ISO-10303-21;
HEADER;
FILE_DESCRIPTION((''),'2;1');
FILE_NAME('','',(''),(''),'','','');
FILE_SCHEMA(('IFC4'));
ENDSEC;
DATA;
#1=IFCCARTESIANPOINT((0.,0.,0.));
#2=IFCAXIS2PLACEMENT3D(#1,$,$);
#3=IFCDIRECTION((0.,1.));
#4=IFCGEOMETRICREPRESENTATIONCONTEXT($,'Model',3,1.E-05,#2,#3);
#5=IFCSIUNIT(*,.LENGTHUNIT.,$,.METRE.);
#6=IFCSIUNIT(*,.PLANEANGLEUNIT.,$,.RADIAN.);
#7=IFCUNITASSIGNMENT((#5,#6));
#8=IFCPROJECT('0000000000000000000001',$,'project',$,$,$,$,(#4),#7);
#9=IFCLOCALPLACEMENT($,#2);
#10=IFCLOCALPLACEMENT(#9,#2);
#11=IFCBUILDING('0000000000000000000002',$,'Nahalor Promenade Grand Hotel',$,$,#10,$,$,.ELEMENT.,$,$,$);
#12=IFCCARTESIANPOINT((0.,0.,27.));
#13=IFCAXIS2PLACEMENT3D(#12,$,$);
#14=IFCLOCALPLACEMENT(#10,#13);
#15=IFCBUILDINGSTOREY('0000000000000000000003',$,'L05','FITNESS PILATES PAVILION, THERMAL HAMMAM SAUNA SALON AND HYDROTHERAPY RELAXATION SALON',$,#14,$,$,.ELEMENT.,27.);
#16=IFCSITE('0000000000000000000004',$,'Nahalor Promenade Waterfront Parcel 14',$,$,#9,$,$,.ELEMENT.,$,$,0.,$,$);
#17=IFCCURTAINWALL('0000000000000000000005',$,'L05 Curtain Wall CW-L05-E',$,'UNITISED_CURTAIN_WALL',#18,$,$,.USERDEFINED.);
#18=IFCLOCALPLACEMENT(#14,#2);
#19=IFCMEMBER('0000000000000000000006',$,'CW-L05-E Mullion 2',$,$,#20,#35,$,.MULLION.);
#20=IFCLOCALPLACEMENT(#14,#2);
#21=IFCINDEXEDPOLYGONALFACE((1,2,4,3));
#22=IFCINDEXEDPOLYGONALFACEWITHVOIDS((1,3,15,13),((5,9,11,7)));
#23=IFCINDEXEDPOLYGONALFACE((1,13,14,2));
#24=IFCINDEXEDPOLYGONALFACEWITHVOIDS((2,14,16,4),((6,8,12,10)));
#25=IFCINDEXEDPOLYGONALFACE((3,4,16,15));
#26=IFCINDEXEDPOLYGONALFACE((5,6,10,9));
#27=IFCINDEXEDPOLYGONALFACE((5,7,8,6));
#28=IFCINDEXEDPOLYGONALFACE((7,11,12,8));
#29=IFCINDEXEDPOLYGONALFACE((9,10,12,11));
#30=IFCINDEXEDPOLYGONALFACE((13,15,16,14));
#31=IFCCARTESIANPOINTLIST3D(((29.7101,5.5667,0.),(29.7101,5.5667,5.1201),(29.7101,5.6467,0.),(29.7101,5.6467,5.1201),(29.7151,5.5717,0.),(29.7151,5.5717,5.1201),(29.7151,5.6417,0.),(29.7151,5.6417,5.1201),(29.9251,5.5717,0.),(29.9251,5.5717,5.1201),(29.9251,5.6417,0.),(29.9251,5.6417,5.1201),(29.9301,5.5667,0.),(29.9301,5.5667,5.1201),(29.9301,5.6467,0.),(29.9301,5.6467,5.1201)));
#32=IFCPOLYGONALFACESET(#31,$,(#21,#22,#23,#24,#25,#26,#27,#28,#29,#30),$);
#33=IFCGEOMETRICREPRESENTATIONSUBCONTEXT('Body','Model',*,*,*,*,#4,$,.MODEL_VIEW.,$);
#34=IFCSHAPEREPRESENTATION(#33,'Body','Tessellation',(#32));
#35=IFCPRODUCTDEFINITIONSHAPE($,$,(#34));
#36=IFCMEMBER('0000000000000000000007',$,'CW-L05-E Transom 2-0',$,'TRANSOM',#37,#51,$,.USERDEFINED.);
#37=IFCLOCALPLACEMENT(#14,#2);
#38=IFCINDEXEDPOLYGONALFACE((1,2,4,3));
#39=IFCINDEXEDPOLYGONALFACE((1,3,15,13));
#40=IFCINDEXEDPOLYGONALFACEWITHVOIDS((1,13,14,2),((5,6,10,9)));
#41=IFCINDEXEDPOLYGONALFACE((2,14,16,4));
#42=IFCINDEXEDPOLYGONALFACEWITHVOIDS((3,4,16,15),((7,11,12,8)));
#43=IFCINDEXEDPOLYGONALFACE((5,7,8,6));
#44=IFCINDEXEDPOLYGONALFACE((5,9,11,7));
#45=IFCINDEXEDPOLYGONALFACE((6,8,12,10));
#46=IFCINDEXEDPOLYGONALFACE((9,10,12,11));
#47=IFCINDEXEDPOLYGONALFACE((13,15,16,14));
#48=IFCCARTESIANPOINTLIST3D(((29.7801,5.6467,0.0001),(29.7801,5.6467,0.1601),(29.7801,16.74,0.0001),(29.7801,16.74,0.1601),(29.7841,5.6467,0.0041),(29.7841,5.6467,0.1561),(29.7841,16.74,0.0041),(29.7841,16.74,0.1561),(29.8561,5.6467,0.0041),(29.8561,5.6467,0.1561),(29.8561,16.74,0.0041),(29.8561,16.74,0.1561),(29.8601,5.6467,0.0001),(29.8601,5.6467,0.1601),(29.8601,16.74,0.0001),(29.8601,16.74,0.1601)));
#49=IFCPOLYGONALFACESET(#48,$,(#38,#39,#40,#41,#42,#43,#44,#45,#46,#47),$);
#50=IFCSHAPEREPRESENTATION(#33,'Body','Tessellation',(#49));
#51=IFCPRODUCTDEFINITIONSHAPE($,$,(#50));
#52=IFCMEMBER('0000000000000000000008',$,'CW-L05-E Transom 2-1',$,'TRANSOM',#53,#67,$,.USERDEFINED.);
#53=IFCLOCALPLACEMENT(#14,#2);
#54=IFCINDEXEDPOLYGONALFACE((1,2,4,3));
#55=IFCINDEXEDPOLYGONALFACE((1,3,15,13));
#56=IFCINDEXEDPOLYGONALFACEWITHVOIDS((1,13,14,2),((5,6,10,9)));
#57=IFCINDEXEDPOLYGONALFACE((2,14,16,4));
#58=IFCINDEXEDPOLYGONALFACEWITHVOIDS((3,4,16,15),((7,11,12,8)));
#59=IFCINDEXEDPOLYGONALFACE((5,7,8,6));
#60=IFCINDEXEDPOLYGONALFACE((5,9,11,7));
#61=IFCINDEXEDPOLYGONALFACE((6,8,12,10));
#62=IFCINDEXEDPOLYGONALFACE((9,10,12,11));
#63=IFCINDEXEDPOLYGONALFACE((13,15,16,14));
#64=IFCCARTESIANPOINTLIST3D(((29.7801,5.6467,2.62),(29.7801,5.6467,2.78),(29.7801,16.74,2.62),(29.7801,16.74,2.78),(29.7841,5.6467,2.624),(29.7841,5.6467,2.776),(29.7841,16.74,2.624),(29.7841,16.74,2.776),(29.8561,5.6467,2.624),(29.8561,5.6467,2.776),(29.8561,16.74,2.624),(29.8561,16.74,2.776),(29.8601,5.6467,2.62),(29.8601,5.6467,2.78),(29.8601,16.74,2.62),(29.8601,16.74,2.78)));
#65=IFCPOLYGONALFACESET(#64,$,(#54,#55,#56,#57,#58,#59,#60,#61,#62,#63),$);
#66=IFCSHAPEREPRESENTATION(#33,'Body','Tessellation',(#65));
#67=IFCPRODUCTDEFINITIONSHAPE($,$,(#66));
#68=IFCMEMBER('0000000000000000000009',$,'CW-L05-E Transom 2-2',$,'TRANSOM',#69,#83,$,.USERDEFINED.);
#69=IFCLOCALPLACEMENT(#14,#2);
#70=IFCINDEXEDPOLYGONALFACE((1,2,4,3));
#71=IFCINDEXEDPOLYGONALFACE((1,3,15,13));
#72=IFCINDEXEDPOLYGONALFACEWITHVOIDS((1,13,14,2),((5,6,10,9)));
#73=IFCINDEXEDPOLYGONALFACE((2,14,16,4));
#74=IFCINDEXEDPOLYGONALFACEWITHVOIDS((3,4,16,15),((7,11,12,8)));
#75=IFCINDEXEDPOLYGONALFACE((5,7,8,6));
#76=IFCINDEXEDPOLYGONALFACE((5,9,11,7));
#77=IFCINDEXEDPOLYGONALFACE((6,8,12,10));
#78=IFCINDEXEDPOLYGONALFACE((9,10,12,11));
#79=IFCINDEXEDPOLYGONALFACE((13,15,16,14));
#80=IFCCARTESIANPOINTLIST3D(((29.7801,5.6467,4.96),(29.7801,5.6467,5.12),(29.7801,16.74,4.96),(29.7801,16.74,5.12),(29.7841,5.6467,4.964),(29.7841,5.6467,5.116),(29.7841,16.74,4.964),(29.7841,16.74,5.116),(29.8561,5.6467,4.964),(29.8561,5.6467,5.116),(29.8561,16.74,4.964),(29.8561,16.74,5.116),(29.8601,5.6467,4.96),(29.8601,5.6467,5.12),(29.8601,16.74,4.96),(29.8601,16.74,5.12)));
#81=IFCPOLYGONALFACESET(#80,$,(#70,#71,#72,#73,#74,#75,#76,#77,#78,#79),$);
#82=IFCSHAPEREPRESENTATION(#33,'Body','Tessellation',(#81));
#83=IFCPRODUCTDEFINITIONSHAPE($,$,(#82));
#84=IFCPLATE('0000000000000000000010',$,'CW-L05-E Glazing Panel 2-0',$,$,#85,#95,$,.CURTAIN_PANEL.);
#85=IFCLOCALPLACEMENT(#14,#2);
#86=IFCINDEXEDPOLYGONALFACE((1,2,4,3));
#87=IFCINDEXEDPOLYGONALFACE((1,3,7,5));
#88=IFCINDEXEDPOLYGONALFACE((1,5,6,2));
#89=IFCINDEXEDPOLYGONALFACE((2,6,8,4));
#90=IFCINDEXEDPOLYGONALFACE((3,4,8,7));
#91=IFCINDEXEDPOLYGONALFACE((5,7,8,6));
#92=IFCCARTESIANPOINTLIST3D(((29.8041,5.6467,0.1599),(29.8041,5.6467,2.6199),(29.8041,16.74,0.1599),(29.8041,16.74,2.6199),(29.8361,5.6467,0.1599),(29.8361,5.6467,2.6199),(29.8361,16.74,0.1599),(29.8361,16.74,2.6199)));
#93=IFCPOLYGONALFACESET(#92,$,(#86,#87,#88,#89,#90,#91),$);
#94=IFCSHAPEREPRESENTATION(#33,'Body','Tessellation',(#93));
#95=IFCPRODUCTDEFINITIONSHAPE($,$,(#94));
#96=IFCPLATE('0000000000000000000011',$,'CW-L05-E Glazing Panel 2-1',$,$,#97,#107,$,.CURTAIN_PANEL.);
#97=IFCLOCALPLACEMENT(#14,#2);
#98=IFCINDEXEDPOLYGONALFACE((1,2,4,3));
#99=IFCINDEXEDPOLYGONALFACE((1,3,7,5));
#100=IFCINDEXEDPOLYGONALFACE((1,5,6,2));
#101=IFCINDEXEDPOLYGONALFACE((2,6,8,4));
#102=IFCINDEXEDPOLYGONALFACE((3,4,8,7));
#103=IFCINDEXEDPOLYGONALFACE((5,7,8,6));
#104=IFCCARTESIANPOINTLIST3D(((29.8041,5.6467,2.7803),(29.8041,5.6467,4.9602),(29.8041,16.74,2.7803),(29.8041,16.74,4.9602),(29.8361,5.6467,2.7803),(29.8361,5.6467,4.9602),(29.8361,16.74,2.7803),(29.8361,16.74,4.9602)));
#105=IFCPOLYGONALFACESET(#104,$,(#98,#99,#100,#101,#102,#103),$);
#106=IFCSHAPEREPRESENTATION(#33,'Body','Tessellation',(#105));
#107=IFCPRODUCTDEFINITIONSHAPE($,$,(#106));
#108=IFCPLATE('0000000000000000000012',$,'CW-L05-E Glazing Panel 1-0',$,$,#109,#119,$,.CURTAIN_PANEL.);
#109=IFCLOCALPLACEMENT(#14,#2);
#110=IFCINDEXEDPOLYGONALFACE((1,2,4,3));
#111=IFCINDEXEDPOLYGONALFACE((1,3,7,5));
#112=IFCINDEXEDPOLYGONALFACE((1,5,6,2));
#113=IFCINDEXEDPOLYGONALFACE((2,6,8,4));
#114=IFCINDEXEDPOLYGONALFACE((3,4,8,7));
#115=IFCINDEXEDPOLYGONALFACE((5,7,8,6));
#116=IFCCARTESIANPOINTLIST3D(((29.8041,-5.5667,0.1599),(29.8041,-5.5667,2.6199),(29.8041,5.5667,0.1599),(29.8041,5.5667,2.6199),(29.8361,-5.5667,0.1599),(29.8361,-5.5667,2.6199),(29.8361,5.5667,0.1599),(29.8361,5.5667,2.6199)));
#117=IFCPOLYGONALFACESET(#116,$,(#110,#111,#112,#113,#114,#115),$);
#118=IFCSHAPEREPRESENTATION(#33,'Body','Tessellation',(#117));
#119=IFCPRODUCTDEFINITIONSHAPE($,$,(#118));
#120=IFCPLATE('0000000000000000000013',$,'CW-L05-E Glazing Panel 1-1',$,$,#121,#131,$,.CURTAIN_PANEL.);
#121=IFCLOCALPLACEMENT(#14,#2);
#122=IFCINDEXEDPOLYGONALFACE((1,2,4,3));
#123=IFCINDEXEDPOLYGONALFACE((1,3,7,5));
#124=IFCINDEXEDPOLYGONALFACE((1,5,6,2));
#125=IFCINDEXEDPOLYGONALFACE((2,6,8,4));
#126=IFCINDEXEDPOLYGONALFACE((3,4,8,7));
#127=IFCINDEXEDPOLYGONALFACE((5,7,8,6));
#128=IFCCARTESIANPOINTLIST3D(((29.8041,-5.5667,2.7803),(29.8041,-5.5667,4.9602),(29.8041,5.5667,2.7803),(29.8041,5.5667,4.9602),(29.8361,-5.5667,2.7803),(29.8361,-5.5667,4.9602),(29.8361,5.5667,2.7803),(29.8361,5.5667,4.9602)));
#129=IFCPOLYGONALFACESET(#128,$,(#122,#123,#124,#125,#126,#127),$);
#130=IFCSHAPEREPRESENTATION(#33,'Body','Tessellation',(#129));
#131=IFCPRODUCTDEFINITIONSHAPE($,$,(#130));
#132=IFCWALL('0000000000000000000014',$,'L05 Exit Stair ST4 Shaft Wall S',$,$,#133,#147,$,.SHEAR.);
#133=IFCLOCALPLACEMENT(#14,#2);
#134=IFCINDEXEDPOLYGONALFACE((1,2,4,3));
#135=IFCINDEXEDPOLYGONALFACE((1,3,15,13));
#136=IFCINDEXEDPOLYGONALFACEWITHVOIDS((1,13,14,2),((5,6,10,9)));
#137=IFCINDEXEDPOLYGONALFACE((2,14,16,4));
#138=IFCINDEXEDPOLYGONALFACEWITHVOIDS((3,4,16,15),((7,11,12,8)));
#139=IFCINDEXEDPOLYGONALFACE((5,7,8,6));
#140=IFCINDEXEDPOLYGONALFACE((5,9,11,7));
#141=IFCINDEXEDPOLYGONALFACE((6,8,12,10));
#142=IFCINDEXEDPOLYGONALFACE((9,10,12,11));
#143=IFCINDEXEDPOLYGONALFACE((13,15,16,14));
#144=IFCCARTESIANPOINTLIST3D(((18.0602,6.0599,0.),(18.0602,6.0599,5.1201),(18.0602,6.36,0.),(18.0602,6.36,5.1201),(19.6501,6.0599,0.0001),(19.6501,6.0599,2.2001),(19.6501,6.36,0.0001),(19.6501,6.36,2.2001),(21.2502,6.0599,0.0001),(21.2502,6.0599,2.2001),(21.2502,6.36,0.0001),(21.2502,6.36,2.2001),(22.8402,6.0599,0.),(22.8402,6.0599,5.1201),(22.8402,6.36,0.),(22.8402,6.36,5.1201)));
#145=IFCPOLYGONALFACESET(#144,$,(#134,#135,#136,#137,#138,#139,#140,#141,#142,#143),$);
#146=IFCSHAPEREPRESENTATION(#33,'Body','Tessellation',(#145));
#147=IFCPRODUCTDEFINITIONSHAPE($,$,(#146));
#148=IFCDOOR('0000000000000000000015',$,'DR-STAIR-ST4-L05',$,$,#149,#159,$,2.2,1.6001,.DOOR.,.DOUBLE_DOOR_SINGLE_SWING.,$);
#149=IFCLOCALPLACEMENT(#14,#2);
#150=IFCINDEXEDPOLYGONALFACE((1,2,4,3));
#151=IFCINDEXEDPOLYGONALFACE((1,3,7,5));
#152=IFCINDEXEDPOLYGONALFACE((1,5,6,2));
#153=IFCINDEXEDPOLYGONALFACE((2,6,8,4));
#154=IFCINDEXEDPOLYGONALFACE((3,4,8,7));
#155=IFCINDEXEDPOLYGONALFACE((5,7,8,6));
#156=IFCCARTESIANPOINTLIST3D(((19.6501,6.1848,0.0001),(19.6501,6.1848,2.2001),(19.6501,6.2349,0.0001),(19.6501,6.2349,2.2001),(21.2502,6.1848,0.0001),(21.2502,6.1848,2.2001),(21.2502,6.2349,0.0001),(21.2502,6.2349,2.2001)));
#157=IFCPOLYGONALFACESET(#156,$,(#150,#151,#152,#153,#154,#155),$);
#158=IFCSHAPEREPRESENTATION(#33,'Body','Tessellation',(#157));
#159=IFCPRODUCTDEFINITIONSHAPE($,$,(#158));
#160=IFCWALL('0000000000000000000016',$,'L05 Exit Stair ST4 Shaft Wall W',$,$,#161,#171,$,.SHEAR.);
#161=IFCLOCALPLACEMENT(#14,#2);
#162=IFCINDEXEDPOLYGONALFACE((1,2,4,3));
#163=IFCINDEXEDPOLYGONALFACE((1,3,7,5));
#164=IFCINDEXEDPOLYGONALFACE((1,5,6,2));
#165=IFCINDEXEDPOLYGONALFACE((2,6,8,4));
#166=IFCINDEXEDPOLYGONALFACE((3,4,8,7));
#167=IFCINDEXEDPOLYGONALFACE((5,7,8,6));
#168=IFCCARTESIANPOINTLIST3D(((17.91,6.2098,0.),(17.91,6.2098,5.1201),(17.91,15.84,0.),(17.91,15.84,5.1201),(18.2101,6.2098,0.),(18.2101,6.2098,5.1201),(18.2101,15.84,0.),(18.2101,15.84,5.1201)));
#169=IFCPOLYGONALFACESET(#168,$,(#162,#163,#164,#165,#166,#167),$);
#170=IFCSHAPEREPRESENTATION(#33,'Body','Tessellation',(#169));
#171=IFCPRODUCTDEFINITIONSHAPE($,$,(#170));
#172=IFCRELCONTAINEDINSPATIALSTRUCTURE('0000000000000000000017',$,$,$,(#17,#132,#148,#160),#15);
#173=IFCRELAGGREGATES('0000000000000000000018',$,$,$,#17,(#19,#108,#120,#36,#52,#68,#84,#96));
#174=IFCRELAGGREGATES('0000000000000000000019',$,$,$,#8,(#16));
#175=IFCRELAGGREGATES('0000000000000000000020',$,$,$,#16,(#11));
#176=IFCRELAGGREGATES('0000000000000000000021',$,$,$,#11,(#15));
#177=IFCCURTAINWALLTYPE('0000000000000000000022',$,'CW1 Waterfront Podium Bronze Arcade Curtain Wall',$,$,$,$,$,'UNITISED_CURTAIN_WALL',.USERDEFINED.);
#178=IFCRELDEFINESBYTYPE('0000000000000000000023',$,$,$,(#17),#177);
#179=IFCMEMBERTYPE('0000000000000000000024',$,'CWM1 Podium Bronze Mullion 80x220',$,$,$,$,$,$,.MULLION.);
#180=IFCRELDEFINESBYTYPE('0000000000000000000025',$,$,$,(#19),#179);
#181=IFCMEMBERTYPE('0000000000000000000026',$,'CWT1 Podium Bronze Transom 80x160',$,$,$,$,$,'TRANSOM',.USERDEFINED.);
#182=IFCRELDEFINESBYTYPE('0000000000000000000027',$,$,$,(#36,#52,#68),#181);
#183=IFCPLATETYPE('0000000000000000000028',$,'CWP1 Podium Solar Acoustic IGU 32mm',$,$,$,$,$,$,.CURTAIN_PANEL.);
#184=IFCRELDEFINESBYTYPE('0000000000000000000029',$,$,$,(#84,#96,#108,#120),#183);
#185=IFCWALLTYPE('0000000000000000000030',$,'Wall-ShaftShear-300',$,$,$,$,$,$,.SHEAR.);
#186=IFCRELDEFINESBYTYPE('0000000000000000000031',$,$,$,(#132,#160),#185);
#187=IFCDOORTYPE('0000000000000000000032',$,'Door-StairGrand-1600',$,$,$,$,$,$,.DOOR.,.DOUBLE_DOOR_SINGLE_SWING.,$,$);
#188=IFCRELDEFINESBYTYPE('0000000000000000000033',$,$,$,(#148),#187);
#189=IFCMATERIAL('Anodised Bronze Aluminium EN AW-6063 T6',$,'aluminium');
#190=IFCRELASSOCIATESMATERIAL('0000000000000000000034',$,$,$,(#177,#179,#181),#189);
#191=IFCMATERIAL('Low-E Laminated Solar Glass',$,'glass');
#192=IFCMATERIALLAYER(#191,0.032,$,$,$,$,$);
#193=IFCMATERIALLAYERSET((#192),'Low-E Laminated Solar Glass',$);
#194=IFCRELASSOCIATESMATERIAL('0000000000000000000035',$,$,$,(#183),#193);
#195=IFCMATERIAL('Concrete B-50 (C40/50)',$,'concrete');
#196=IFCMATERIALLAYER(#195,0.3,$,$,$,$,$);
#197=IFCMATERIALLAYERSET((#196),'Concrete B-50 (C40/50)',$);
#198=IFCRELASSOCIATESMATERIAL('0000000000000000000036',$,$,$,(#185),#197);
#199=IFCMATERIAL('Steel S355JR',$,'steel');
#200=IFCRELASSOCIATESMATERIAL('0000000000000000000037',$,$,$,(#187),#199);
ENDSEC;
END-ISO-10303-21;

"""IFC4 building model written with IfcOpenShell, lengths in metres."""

from ifc_helpers import new_model, si_unit, direction, frame, frame_2d, origin, origin_2d, place, context, subcontext, project, spatial, rectangle, hollow_rectangle, extrude, source, transform, mapped, material, layer, layer_set, material_profile, profile_set, type_object, element, fill, aggregate, save


model = new_model("IFC4")

# Units and contexts
model_context = context("Model", 3, precision=1e-05, world=origin(), true_north=direction((0.0, 1.0)))
body_context = subcontext(model_context, "Body", "Model", "MODEL_VIEW")
ifc_project = project(units=[si_unit("LENGTHUNIT", "METRE"), si_unit("PLANEANGLEUNIT", "RADIAN")], contexts=[model_context])

# Site, building, storey
site_placement = place(None, origin())
site = spatial("IfcSite", under=ifc_project, at=site_placement, Name="Nahalor Promenade Waterfront Parcel 14", CompositionType="ELEMENT", RefElevation=0.0)
building_placement = place(site_placement, origin())
building = spatial("IfcBuilding", under=site, at=building_placement, Name="Nahalor Promenade Grand Hotel", CompositionType="ELEMENT")
storey_placement = place(building_placement, frame((0.0, 0.0, 27.0)))
storey = spatial("IfcBuildingStorey", under=building, at=storey_placement, Name="L05", Description="FITNESS PILATES PAVILION, THERMAL HAMMAM SAUNA SALON AND HYDROTHERAPY RELAXATION SALON", CompositionType="ELEMENT", Elevation=27.0)

# Shared definitions
ifc_material_1 = material(Name="Steel S355JR", Category="steel")

# Curtain wall, members, plates
ifc_material_2 = material(Name="Anodised Bronze Aluminium EN AW-6063 T6", Category="aluminium")
curtain_wall_type = type_object("IfcCurtainWallType", Name="CW1 Waterfront Podium Bronze Arcade Curtain Wall", ElementType="UNITISED_CURTAIN_WALL", PredefinedType="USERDEFINED", material=ifc_material_2)
curtain_wall_placement = place(storey_placement, origin())
curtain_wall = element("IfcCurtainWall", 1, at=curtain_wall_placement, inside=storey, type_object=curtain_wall_type, Name="L05 Curtain Wall CW-L05-E", ObjectType="UNITISED_CURTAIN_WALL", PredefinedType="USERDEFINED")
ifc_material_profile_1 = material_profile(ifc_material_2, hollow_rectangle(XDim=0.08, YDim=0.22, WallThickness=0.005, at=origin_2d()), Name="CWM 80x220x5")
ifc_profile_set_1 = profile_set([ifc_material_profile_1], Name="Anodised Bronze Aluminium EN AW-6063 T6")
member_type_1 = type_object("IfcMemberType", Name="CWM1 Podium Bronze Mullion 80x220", PredefinedType="MULLION", material=ifc_profile_set_1)
shared_shape_1 = source(origin(), body_context, "Body", "SweptSolid", [
    extrude(hollow_rectangle(XDim=0.08, YDim=0.22, WallThickness=0.005, at=origin_2d()), origin(), (0.0, 0.0, 1.0), 5.1201),
])
member_1_placement = place(storey_placement, frame((29.8201, 5.6067, 0.0), z_axis=(0.0, 0.0, 1.0), x_axis=(0.0, 1.0, 0.0)))
member_1 = element("IfcMember", 2, at=member_1_placement, type_object=member_type_1, Name="CW-L05-E Mullion 2", PredefinedType="MULLION", context=body_context, shape_type="MappedRepresentation", body=[
    mapped(shared_shape_1, transform((0.0, 0.0, 0.0), scale=1.0)),
])
ifc_material_profile_2 = material_profile(ifc_material_2, hollow_rectangle(XDim=0.08, YDim=0.16, WallThickness=0.004, at=origin_2d()), Name="CWT 80x160x4")
ifc_profile_set_2 = profile_set([ifc_material_profile_2], Name="Anodised Bronze Aluminium EN AW-6063 T6")
member_type_2 = type_object("IfcMemberType", Name="CWT1 Podium Bronze Transom 80x160", ElementType="TRANSOM", PredefinedType="USERDEFINED", material=ifc_profile_set_2)
shared_shape_2 = source(origin(), body_context, "Body", "SweptSolid", [
    extrude(hollow_rectangle(XDim=0.08, YDim=0.16, WallThickness=0.004, at=origin_2d()), origin(), (0.0, 0.0, 1.0), 11.0933),
])
member_2_placement = place(storey_placement, frame((29.8201, 5.6467, 0.0801), z_axis=(0.0, 1.0, 0.0), x_axis=(-1.0, 0.0, 0.0)))
member_2 = element("IfcMember", 3, at=member_2_placement, type_object=member_type_2, Name="CW-L05-E Transom 2-0", ObjectType="TRANSOM", PredefinedType="USERDEFINED", context=body_context, shape_type="MappedRepresentation", body=[
    mapped(shared_shape_2, transform((0.0, 0.0, 0.0), scale=1.0)),
])
member_3_placement = place(storey_placement, frame((29.8201, 5.6467, 2.7), z_axis=(0.0, 1.0, 0.0), x_axis=(-1.0, 0.0, 0.0)))
member_3 = element("IfcMember", 4, at=member_3_placement, type_object=member_type_2, Name="CW-L05-E Transom 2-1", ObjectType="TRANSOM", PredefinedType="USERDEFINED", context=body_context, shape_type="MappedRepresentation", body=[
    mapped(shared_shape_2, transform((0.0, 0.0, 0.0), scale=1.0)),
])
member_4_placement = place(storey_placement, frame((29.8201, 5.6467, 5.04), z_axis=(0.0, 1.0, 0.0), x_axis=(-1.0, 0.0, 0.0)))
member_4 = element("IfcMember", 5, at=member_4_placement, type_object=member_type_2, Name="CW-L05-E Transom 2-2", ObjectType="TRANSOM", PredefinedType="USERDEFINED", context=body_context, shape_type="MappedRepresentation", body=[
    mapped(shared_shape_2, transform((0.0, 0.0, 0.0), scale=1.0)),
])
ifc_material_3 = material(Name="Low-E Laminated Solar Glass", Category="glass")
ifc_layer_1 = layer(ifc_material_3, 0.032)
ifc_layer_set_1 = layer_set([ifc_layer_1], Name="Low-E Laminated Solar Glass")
plate_type = type_object("IfcPlateType", Name="CWP1 Podium Solar Acoustic IGU 32mm", PredefinedType="CURTAIN_PANEL", material=ifc_layer_set_1)
shared_shape_3 = source(origin(), body_context, "Body", "SweptSolid", [
    extrude(rectangle(XDim=11.0933, YDim=0.032, at=origin_2d()), origin(), (0.0, 0.0, 1.0), 2.46),
])
plate_1_placement = place(storey_placement, frame((29.8201, 11.1934, 0.1599), z_axis=(0.0, 0.0, 1.0), x_axis=(0.0, 1.0, 0.0)))
plate_1 = element("IfcPlate", 6, at=plate_1_placement, type_object=plate_type, Name="CW-L05-E Glazing Panel 2-0", PredefinedType="CURTAIN_PANEL", context=body_context, shape_type="MappedRepresentation", body=[
    mapped(shared_shape_3, transform((0.0, 0.0, 0.0), scale=1.0)),
])
shared_shape_4 = source(origin(), body_context, "Body", "SweptSolid", [
    extrude(rectangle(XDim=11.0933, YDim=0.032, at=origin_2d()), origin(), (0.0, 0.0, 1.0), 2.1799),
])
plate_2_placement = place(storey_placement, frame((29.8201, 11.1934, 2.7803), z_axis=(0.0, 0.0, 1.0), x_axis=(0.0, 1.0, 0.0)))
plate_2 = element("IfcPlate", 7, at=plate_2_placement, type_object=plate_type, Name="CW-L05-E Glazing Panel 2-1", PredefinedType="CURTAIN_PANEL", context=body_context, shape_type="MappedRepresentation", body=[
    mapped(shared_shape_4, transform((0.0, 0.0, 0.0), scale=1.0)),
])
shared_shape_5 = source(origin(), body_context, "Body", "SweptSolid", [
    extrude(rectangle(XDim=11.1333, YDim=0.032, at=origin_2d()), origin(), (0.0, 0.0, 1.0), 2.46),
])
plate_3_placement = place(storey_placement, frame((29.8201, 0.0, 0.1599), z_axis=(0.0, 0.0, 1.0), x_axis=(0.0, 1.0, 0.0)))
plate_3 = element("IfcPlate", 8, at=plate_3_placement, type_object=plate_type, Name="CW-L05-E Glazing Panel 1-0", PredefinedType="CURTAIN_PANEL", context=body_context, shape_type="MappedRepresentation", body=[
    mapped(shared_shape_5, transform((0.0, 0.0, 0.0), scale=1.0)),
])
shared_shape_6 = source(origin(), body_context, "Body", "SweptSolid", [
    extrude(rectangle(XDim=11.1333, YDim=0.032, at=origin_2d()), origin(), (0.0, 0.0, 1.0), 2.1799),
])
plate_4_placement = place(storey_placement, frame((29.8201, 0.0, 2.7803), z_axis=(0.0, 0.0, 1.0), x_axis=(0.0, 1.0, 0.0)))
plate_4 = element("IfcPlate", 9, at=plate_4_placement, type_object=plate_type, Name="CW-L05-E Glazing Panel 1-1", PredefinedType="CURTAIN_PANEL", context=body_context, shape_type="MappedRepresentation", body=[
    mapped(shared_shape_6, transform((0.0, 0.0, 0.0), scale=1.0)),
])
aggregate(curtain_wall, [member_1, plate_3, plate_4, member_2, member_3, member_4, plate_1, plate_2])

# Wall, opening, door
ifc_material_4 = material(Name="Concrete B-50 (C40/50)", Category="concrete")
ifc_layer_2 = layer(ifc_material_4, 0.3)
ifc_layer_set_2 = layer_set([ifc_layer_2], Name="Concrete B-50 (C40/50)")
wall_type_1 = type_object("IfcWallType", Name="Wall-ShaftShear-300", PredefinedType="SHEAR", material=ifc_layer_set_2)
shared_shape_7 = source(origin(), body_context, "Body", "SweptSolid", [
    extrude(rectangle(XDim=4.78, YDim=0.3, at=frame_2d((2.3901, 0.0))), origin(), (0.0, 0.0, 1.0), 5.1201),
])
wall_1_placement = place(storey_placement, frame((18.0601, 6.21, 0.0), z_axis=(0.0, 0.0, 1.0), x_axis=(1.0, 0.0, 0.0)))
wall_1 = element("IfcWall", 10, at=wall_1_placement, inside=storey, type_object=wall_type_1, Name="L05 Exit Stair ST4 Shaft Wall S", PredefinedType="SHEAR", context=body_context, shape_type="MappedRepresentation", body=[
    mapped(shared_shape_7, transform((0.0, 0.0, 0.0), scale=1.0)),
])
opening_1_placement = place(wall_1_placement, frame((1.5901, 0.0, 0.0)))
opening_1 = element("IfcOpeningElement", 11, at=opening_1_placement, cuts=wall_1, PredefinedType="OPENING", context=body_context, shape_type="SweptSolid", body=[
    extrude(rectangle(XDim=1.6001, YDim=2.2, at=frame_2d((0.8, 1.1001))), frame((0.0, 0.1599, 0.0), z_axis=(0.0, -1.0, 0.0), x_axis=(1.0, 0.0, 0.0)), (0.0, 0.0, 1.0), 0.3201),
])
door_type_1 = type_object("IfcDoorType", Name="Door-StairGrand-1600", OperationType="DOUBLE_DOOR_SINGLE_SWING", PredefinedType="DOOR", material=ifc_material_1)
shared_shape_8 = source(origin(), body_context, "Body", "SweptSolid", [
    extrude(rectangle(XDim=1.6001, YDim=2.2, at=frame_2d((0.8, 1.1001))), frame((0.0, 0.0249, 0.0), z_axis=(0.0, -1.0, 0.0), x_axis=(1.0, 0.0, 0.0)), (0.0, 0.0, 1.0), 0.05),
])
door_1_placement = place(opening_1_placement, origin())
door_1 = element("IfcDoor", 12, at=door_1_placement, inside=storey, type_object=door_type_1, Name="DR-STAIR-ST4-L05", OperationType="DOUBLE_DOOR_SINGLE_SWING", OverallHeight=2.2, OverallWidth=1.6001, PredefinedType="DOOR", context=body_context, shape_type="MappedRepresentation", body=[
    mapped(shared_shape_8, transform((0.0, 0.0, 0.0), scale=1.0)),
])
fill(opening_1, door_1)

# Wall
shared_shape_9 = source(origin(), body_context, "Body", "SweptSolid", [
    extrude(rectangle(XDim=9.6301, YDim=0.3, at=frame_2d((4.8149, 0.0))), origin(), (0.0, 0.0, 1.0), 5.1201),
])
for number, where, z_axis, x_axis, name in (
    (13, (18.0601, 6.21, 0.0), (0.0, 0.0, 1.0), (0.0, 1.0, 0.0), "L05 Exit Stair ST4 Shaft Wall W"),
):
    element("IfcWall", number, at=place(storey_placement, frame(where, z_axis=z_axis, x_axis=x_axis)), inside=storey, type_object=wall_type_1, Name=name, PredefinedType="SHEAR", context=body_context, shape_type="MappedRepresentation", body=[
        mapped(shared_shape_9, transform((0.0, 0.0, 0.0), scale=1.0)),
    ])

save(model, "model.ifc")
